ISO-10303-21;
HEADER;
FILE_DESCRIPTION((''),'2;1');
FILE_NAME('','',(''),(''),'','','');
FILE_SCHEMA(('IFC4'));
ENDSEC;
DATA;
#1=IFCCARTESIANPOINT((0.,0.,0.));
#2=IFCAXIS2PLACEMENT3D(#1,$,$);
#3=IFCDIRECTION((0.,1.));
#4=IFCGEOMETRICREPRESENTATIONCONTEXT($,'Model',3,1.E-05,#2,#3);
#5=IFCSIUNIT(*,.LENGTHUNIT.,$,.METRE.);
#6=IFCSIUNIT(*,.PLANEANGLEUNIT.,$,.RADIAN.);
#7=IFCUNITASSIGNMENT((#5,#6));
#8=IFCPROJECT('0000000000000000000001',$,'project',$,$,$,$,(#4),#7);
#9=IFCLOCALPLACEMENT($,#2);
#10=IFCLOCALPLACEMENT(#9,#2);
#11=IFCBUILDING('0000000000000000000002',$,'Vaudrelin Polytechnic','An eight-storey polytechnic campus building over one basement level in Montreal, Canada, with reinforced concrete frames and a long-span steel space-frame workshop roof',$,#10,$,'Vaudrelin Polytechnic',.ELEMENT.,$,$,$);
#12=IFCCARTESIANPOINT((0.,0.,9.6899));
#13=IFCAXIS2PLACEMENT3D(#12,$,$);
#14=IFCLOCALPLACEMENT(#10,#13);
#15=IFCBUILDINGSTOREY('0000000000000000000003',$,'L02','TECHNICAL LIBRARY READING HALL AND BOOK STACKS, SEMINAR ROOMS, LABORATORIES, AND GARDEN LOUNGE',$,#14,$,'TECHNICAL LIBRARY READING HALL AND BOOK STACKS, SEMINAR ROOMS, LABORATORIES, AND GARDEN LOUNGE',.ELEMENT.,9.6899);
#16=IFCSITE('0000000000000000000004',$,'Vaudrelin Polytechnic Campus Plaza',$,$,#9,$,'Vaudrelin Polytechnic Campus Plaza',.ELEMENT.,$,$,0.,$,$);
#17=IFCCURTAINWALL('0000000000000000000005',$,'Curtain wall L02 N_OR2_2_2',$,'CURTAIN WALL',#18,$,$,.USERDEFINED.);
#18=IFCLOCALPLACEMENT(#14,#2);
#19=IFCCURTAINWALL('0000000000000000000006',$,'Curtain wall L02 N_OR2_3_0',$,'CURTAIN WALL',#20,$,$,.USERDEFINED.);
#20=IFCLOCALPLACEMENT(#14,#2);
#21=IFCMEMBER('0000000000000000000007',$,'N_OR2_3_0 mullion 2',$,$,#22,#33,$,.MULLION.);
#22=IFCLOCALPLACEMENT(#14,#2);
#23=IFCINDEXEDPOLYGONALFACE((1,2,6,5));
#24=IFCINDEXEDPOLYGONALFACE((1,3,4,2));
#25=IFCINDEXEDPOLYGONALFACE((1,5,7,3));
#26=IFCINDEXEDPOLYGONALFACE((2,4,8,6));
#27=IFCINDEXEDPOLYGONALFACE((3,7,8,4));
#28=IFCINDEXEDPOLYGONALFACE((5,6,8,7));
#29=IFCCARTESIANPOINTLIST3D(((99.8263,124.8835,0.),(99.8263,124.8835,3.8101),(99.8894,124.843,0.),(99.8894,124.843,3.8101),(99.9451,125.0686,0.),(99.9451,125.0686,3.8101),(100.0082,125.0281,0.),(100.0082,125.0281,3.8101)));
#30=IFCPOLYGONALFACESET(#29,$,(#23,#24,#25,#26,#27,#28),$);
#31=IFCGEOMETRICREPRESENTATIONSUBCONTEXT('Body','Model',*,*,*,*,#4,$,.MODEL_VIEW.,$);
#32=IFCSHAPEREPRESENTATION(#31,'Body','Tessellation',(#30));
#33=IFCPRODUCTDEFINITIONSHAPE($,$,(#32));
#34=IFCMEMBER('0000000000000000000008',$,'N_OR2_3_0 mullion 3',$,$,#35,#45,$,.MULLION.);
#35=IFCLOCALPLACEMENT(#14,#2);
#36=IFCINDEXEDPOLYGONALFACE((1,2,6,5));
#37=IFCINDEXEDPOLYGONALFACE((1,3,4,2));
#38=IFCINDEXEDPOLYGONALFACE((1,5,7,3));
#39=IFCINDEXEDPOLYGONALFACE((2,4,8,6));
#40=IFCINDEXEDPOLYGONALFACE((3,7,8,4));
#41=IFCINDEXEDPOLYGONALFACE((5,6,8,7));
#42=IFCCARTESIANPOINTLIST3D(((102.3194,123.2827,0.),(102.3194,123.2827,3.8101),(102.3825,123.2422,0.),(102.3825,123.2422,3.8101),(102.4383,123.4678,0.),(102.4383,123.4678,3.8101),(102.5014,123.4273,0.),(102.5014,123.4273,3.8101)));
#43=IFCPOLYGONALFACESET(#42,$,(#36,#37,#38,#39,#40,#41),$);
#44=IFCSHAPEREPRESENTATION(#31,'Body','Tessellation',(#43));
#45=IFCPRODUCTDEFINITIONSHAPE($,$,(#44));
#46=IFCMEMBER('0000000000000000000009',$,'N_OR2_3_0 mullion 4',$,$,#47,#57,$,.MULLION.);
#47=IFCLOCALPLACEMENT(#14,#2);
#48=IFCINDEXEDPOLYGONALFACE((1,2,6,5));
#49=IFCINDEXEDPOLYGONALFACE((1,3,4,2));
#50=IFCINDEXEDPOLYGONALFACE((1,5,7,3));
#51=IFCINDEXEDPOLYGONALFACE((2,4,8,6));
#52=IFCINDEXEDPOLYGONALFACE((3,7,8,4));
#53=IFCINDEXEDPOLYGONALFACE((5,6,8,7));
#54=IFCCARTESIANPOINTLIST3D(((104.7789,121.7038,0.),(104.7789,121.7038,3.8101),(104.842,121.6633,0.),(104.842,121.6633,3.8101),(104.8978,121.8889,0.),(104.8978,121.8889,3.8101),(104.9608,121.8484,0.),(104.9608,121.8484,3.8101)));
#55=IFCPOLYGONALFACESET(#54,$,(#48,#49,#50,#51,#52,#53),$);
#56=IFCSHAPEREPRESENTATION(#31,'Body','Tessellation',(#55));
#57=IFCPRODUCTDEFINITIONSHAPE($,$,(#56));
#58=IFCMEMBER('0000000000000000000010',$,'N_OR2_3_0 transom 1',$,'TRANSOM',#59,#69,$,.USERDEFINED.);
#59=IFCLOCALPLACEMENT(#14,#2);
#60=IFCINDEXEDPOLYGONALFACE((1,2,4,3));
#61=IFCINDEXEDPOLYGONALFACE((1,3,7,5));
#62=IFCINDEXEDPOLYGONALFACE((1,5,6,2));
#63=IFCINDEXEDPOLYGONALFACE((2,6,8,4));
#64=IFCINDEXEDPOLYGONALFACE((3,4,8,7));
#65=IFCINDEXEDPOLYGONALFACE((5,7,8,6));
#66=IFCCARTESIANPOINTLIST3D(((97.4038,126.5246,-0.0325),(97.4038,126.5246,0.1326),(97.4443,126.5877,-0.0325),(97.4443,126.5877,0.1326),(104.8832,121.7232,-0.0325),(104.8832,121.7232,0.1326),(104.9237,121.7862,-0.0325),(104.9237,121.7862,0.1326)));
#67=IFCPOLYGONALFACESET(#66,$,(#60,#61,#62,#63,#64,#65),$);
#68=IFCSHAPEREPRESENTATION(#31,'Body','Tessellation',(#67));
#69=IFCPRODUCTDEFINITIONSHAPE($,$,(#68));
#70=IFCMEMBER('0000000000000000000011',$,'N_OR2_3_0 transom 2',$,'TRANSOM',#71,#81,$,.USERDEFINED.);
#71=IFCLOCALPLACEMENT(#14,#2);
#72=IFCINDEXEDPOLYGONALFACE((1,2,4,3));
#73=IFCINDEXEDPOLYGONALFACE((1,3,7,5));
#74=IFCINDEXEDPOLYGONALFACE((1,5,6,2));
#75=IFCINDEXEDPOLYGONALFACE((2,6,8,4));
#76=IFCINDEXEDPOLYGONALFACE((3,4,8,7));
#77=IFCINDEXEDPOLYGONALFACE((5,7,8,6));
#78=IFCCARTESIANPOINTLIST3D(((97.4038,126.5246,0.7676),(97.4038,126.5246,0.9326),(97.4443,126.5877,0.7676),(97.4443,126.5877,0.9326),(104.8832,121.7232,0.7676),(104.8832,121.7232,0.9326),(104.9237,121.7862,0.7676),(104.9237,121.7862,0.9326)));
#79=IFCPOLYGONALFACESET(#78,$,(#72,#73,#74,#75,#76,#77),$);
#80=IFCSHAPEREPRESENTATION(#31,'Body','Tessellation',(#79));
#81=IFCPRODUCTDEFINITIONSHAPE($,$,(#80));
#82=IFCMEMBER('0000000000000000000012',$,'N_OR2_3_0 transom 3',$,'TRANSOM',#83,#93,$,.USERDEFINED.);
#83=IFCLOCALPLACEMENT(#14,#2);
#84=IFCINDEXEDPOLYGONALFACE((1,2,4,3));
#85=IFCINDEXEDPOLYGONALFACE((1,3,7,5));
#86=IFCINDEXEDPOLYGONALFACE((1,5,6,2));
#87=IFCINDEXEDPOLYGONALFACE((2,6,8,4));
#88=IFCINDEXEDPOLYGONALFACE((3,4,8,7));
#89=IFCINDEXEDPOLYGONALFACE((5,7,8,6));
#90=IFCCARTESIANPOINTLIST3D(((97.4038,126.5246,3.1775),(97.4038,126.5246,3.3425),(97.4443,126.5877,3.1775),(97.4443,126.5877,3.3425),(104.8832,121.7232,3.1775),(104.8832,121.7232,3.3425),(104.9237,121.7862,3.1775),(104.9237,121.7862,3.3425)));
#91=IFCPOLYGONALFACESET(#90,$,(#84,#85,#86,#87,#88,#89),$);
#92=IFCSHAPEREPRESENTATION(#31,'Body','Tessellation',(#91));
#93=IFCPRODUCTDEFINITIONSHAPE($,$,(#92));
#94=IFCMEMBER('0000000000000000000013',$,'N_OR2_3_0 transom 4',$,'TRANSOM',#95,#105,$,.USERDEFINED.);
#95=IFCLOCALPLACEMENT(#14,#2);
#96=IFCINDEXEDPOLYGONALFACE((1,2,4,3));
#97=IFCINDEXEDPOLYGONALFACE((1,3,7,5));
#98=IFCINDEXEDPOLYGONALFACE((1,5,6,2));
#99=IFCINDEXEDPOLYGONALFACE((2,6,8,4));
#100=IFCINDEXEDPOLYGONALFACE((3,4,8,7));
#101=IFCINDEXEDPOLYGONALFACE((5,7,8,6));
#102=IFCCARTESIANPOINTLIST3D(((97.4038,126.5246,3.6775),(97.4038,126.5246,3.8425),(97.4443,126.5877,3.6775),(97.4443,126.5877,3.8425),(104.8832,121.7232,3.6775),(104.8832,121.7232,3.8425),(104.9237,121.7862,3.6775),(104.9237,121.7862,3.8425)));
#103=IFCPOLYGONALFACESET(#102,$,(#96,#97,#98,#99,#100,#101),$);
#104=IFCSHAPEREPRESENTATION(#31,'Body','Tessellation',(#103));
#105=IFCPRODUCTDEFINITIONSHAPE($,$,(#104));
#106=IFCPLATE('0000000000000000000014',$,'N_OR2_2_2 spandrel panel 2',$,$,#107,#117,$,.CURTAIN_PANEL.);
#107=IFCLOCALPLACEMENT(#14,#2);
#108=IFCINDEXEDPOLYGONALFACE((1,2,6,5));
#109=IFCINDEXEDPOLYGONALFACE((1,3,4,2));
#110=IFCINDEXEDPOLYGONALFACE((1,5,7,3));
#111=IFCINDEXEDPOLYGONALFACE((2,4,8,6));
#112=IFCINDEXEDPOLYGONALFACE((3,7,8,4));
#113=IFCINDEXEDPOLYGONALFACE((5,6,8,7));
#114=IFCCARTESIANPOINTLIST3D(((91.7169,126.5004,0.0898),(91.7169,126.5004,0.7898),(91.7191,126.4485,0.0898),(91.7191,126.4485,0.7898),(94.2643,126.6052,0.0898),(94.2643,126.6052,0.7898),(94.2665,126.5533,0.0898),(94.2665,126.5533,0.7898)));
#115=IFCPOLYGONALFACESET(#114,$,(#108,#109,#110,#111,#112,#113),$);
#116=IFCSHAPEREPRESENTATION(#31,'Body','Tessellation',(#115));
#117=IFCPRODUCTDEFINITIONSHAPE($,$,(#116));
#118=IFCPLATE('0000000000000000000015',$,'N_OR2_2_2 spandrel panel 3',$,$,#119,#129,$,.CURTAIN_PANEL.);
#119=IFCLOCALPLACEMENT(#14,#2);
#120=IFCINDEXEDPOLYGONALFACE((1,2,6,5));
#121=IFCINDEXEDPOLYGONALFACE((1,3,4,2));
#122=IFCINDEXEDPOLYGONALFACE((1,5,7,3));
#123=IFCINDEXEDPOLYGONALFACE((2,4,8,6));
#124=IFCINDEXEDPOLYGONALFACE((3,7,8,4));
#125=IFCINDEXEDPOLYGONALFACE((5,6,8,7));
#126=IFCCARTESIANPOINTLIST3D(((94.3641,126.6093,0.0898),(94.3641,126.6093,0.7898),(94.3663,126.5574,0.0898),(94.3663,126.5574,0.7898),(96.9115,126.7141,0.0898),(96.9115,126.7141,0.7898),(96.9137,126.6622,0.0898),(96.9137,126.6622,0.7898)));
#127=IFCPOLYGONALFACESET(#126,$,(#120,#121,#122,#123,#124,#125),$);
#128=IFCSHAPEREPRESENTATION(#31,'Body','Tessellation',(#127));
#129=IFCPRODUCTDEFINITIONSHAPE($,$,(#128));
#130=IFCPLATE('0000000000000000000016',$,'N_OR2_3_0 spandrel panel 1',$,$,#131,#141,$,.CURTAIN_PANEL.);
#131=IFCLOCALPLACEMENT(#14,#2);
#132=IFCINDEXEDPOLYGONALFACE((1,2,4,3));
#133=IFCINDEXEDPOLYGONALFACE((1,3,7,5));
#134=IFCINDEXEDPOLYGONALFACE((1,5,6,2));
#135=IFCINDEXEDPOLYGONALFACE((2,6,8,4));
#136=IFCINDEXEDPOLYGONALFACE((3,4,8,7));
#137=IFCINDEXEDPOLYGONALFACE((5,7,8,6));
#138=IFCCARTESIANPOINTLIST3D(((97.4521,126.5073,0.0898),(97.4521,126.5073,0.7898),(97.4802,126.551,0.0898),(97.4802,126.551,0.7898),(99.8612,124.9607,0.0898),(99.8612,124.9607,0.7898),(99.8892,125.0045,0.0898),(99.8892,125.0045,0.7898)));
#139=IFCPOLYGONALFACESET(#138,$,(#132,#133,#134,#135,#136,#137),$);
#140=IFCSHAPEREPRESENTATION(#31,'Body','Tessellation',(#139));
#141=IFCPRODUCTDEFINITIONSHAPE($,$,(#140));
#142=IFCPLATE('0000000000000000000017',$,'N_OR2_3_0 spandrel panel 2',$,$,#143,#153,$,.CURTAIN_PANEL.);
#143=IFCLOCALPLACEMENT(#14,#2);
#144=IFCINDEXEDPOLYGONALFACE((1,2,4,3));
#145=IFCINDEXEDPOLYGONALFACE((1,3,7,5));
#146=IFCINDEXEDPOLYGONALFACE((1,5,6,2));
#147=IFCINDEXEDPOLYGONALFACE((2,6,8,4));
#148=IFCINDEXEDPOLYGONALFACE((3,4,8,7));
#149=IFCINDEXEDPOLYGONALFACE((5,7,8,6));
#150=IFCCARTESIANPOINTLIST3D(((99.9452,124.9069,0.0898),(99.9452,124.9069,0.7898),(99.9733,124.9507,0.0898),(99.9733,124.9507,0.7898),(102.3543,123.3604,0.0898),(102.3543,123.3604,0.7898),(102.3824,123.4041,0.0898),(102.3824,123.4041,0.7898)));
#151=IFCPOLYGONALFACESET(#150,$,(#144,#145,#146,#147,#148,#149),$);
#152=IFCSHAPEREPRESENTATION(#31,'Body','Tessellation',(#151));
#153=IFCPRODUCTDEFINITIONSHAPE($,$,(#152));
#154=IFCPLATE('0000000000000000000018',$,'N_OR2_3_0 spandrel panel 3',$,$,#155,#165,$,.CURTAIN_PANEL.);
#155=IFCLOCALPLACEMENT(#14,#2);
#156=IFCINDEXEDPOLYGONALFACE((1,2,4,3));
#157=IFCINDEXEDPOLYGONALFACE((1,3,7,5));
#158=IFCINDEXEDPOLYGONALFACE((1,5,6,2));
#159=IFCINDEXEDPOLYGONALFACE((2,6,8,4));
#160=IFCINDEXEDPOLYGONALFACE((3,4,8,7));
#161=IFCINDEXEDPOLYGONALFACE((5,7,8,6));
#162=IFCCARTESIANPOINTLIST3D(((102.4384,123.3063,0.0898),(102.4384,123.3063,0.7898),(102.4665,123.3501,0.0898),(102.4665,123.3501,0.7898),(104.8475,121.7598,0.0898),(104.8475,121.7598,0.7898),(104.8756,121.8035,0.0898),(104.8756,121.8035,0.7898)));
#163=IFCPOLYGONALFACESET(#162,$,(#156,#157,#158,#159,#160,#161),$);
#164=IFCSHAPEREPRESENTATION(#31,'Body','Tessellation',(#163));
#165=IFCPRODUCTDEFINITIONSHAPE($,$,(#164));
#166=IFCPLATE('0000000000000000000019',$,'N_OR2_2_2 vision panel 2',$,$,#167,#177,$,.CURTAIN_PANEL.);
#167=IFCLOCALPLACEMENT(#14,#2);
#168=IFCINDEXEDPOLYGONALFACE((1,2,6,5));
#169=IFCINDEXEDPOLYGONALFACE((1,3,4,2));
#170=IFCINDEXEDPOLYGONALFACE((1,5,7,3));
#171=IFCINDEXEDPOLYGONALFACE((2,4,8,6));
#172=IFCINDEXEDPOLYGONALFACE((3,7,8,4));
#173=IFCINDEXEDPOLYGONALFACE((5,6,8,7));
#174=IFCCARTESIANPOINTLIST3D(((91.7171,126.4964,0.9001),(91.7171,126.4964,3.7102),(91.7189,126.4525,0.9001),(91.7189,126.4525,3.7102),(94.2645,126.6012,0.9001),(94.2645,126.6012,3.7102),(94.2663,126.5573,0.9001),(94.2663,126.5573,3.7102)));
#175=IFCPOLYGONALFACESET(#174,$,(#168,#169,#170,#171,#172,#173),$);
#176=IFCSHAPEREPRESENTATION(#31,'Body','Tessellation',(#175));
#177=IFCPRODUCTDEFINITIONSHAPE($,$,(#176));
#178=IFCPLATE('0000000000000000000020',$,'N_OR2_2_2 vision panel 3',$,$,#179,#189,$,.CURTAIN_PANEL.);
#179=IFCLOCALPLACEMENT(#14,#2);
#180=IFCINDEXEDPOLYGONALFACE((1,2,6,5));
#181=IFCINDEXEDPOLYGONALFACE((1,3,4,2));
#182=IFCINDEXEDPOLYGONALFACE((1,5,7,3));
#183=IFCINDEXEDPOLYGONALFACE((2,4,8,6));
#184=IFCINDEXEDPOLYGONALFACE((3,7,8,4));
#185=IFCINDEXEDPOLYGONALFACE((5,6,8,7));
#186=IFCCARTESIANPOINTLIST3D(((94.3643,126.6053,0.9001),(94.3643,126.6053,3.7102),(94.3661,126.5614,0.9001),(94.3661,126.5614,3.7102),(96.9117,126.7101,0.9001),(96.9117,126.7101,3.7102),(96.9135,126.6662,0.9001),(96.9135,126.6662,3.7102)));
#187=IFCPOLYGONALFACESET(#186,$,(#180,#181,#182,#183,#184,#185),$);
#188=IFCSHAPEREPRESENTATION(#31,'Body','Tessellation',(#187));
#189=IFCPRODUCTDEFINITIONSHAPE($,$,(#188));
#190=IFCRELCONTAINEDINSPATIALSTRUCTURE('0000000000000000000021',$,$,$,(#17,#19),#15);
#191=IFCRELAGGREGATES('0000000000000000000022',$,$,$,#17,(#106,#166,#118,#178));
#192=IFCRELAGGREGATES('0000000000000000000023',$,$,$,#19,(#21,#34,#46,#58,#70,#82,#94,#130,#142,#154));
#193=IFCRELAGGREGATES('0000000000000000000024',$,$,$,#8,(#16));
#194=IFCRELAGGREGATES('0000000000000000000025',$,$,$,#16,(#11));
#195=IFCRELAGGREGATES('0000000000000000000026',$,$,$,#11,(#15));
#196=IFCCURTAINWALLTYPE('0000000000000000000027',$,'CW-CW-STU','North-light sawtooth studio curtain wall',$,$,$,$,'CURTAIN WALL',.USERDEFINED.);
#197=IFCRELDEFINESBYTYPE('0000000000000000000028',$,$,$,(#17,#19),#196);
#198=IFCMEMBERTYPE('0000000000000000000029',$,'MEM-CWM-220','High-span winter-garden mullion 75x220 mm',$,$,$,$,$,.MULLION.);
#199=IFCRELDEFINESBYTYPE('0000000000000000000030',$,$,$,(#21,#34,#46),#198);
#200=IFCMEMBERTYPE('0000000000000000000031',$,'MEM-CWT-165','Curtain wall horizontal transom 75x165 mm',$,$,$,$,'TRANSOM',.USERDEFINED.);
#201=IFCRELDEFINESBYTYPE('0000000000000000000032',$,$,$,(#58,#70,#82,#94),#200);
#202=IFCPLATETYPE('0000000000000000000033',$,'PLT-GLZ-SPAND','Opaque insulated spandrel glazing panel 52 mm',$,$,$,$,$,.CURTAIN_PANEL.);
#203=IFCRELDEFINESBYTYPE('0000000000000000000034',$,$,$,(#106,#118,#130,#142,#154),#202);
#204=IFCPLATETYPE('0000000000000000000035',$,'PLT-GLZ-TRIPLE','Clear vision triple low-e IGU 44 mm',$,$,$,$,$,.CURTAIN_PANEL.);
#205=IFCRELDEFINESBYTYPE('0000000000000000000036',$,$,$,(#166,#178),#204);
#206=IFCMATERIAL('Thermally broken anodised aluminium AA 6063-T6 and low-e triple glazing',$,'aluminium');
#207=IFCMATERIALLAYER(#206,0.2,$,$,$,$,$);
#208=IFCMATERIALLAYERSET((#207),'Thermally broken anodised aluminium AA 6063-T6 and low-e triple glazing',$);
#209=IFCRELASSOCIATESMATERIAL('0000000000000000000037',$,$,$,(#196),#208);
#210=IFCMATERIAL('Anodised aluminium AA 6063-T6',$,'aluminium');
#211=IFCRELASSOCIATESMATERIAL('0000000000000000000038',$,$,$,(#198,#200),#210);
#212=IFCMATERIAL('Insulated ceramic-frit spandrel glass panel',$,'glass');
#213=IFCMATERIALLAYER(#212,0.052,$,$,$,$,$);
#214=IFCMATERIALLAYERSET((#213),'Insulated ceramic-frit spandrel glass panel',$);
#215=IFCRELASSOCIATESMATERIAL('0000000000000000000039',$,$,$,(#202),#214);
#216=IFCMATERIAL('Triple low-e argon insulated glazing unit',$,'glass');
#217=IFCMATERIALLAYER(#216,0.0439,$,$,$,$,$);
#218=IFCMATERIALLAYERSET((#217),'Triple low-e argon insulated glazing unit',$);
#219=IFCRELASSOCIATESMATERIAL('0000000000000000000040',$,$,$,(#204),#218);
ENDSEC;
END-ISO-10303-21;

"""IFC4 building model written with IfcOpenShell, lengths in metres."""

from ifc_helpers import new_model, si_unit, direction, frame, origin, origin_2d, place, context, subcontext, project, spatial, rectangle, extrude, material, layer, layer_set, material_profile, profile_set, type_object, element, aggregate, save


model = new_model("IFC4")

# Units and contexts
model_context = context("Model", 3, precision=1e-05, world=origin(), true_north=direction((0.0, 1.0)))
body_context = subcontext(model_context, "Body", "Model", "MODEL_VIEW")
ifc_project = project(units=[si_unit("LENGTHUNIT", "METRE"), si_unit("PLANEANGLEUNIT", "RADIAN")], contexts=[model_context])

# Site, building, storey
site_placement = place(None, origin())
site = spatial("IfcSite", under=ifc_project, at=site_placement, Name="Vaudrelin Polytechnic Campus Plaza", LongName="Vaudrelin Polytechnic Campus Plaza", CompositionType="ELEMENT", RefElevation=0.0)
building_placement = place(site_placement, origin())
building = spatial("IfcBuilding", under=site, at=building_placement, Name="Vaudrelin Polytechnic", Description="An eight-storey polytechnic campus building over one basement level in Montreal, Canada, with reinforced concrete frames and a long-span steel space-frame workshop roof", LongName="Vaudrelin Polytechnic", CompositionType="ELEMENT")
storey_placement = place(building_placement, frame((0.0, 0.0, 9.6899)))
storey = spatial("IfcBuildingStorey", under=building, at=storey_placement, Name="L02", Description="TECHNICAL LIBRARY READING HALL AND BOOK STACKS, SEMINAR ROOMS, LABORATORIES, AND GARDEN LOUNGE", LongName="TECHNICAL LIBRARY READING HALL AND BOOK STACKS, SEMINAR ROOMS, LABORATORIES, AND GARDEN LOUNGE", CompositionType="ELEMENT", Elevation=9.6899)

# Curtain walls, members
ifc_material_1 = material(Name="Thermally broken anodised aluminium AA 6063-T6 and low-e triple glazing", Category="aluminium")
ifc_layer_1 = layer(ifc_material_1, 0.2)
ifc_layer_set_1 = layer_set([ifc_layer_1], Name="Thermally broken anodised aluminium AA 6063-T6 and low-e triple glazing")
curtain_wall_type = type_object("IfcCurtainWallType", Name="CW-CW-STU", Description="North-light sawtooth studio curtain wall", ElementType="CURTAIN WALL", PredefinedType="USERDEFINED", material=ifc_layer_set_1)
curtain_wall_1_placement = place(storey_placement, origin())
curtain_wall_1 = element("IfcCurtainWall", 1, at=curtain_wall_1_placement, inside=storey, type_object=curtain_wall_type, Name="Curtain wall L02 N_OR2_2_2", ObjectType="CURTAIN WALL", PredefinedType="USERDEFINED")
ifc_material_2 = material(Name="Anodised aluminium AA 6063-T6", Category="aluminium")
ifc_material_profile_1 = material_profile(ifc_material_2, rectangle(XDim=0.075, YDim=0.22, at=origin_2d()), Name="CWM-75x220")
ifc_profile_set_1 = profile_set([ifc_material_profile_1], Name="Anodised aluminium AA 6063-T6")
member_type_1 = type_object("IfcMemberType", Name="MEM-CWM-220", Description="High-span winter-garden mullion 75x220 mm", PredefinedType="MULLION", material=ifc_profile_set_1)
curtain_wall_2_placement = place(storey_placement, origin())
curtain_wall_2 = element("IfcCurtainWall", 2, at=curtain_wall_2_placement, inside=storey, type_object=curtain_wall_type, Name="Curtain wall L02 N_OR2_3_0", ObjectType="CURTAIN WALL", PredefinedType="USERDEFINED")
member_1_placement = place(storey_placement, frame((99.9172, 124.9558, 0.0), z_axis=(0.0, 0.0, 1.0), x_axis=(0.841519, -0.540228, 0.0)))
member_1 = element("IfcMember", 3, at=member_1_placement, type_object=member_type_1, Name="N_OR2_3_0 mullion 2", PredefinedType="MULLION", context=body_context, shape_type="SweptSolid", body=[
    extrude(rectangle(XDim=0.075, YDim=0.22, at=origin_2d()), origin(), (0.0, 0.0, 1.0), 3.8101),
])
member_2_placement = place(storey_placement, frame((102.4104, 123.355, 0.0), z_axis=(0.0, 0.0, 1.0), x_axis=(0.841519, -0.540228, 0.0)))
member_2 = element("IfcMember", 4, at=member_2_placement, type_object=member_type_1, Name="N_OR2_3_0 mullion 3", PredefinedType="MULLION", context=body_context, shape_type="SweptSolid", body=[
    extrude(rectangle(XDim=0.075, YDim=0.22, at=origin_2d()), origin(), (0.0, 0.0, 1.0), 3.8101),
])
member_3_placement = place(storey_placement, frame((104.8699, 121.7761, 0.0), z_axis=(0.0, 0.0, 1.0), x_axis=(0.841519, -0.540228, 0.0)))
member_3 = element("IfcMember", 5, at=member_3_placement, type_object=member_type_1, Name="N_OR2_3_0 mullion 4", PredefinedType="MULLION", context=body_context, shape_type="SweptSolid", body=[
    extrude(rectangle(XDim=0.075, YDim=0.22, at=origin_2d()), origin(), (0.0, 0.0, 1.0), 3.8101),
])
ifc_material_profile_2 = material_profile(ifc_material_2, rectangle(XDim=0.075, YDim=0.165, at=origin_2d()), Name="CWT-75x165")
ifc_profile_set_2 = profile_set([ifc_material_profile_2], Name="Anodised aluminium AA 6063-T6")
member_type_2 = type_object("IfcMemberType", Name="MEM-CWT-165", Description="Curtain wall horizontal transom 75x165 mm", ElementType="TRANSOM", PredefinedType="USERDEFINED", material=ifc_profile_set_2)
member_4_placement = place(storey_placement, frame((97.4241, 126.5562, 0.05), z_axis=(0.841523, -0.540222, 0.0), x_axis=(0.540222, 0.841523, 0.0)))
member_4 = element("IfcMember", 6, at=member_4_placement, type_object=member_type_2, Name="N_OR2_3_0 transom 1", ObjectType="TRANSOM", PredefinedType="USERDEFINED", context=body_context, shape_type="SweptSolid", body=[
    extrude(rectangle(XDim=0.075, YDim=0.165, at=origin_2d()), origin(), (0.0, 0.0, 1.0), 8.8879),
])
member_5_placement = place(storey_placement, frame((97.4241, 126.5562, 0.8501), z_axis=(0.841523, -0.540222, 0.0), x_axis=(0.540222, 0.841523, 0.0)))
member_5 = element("IfcMember", 7, at=member_5_placement, type_object=member_type_2, Name="N_OR2_3_0 transom 2", ObjectType="TRANSOM", PredefinedType="USERDEFINED", context=body_context, shape_type="SweptSolid", body=[
    extrude(rectangle(XDim=0.075, YDim=0.165, at=origin_2d()), origin(), (0.0, 0.0, 1.0), 8.8879),
])
member_6_placement = place(storey_placement, frame((97.4241, 126.5562, 3.26), z_axis=(0.841523, -0.540222, 0.0), x_axis=(0.540222, 0.841523, 0.0)))
member_6 = element("IfcMember", 8, at=member_6_placement, type_object=member_type_2, Name="N_OR2_3_0 transom 3", ObjectType="TRANSOM", PredefinedType="USERDEFINED", context=body_context, shape_type="SweptSolid", body=[
    extrude(rectangle(XDim=0.075, YDim=0.165, at=origin_2d()), origin(), (0.0, 0.0, 1.0), 8.8879),
])
member_7_placement = place(storey_placement, frame((97.4241, 126.5562, 3.76), z_axis=(0.841523, -0.540222, 0.0), x_axis=(0.540222, 0.841523, 0.0)))
member_7 = element("IfcMember", 9, at=member_7_placement, type_object=member_type_2, Name="N_OR2_3_0 transom 4", ObjectType="TRANSOM", PredefinedType="USERDEFINED", context=body_context, shape_type="SweptSolid", body=[
    extrude(rectangle(XDim=0.075, YDim=0.165, at=origin_2d()), origin(), (0.0, 0.0, 1.0), 8.8879),
])

# Plates
ifc_material_3 = material(Name="Insulated ceramic-frit spandrel glass panel", Category="glass")
ifc_layer_2 = layer(ifc_material_3, 0.052)
ifc_layer_set_2 = layer_set([ifc_layer_2], Name="Insulated ceramic-frit spandrel glass panel")
plate_type_1 = type_object("IfcPlateType", Name="PLT-GLZ-SPAND", Description="Opaque insulated spandrel glazing panel 52 mm", PredefinedType="CURTAIN_PANEL", material=ifc_layer_set_2)
plate_1_placement = place(storey_placement, frame((92.9917, 126.5269, 0.0898), z_axis=(0.0, 0.0, 1.0), x_axis=(0.999154, 0.041115, 0.0)))
plate_1 = element("IfcPlate", 10, at=plate_1_placement, type_object=plate_type_1, Name="N_OR2_2_2 spandrel panel 2", PredefinedType="CURTAIN_PANEL", context=body_context, shape_type="SweptSolid", body=[
    extrude(rectangle(XDim=2.5496, YDim=0.052, at=origin_2d()), origin(), (0.0, 0.0, 1.0), 0.7),
])
plate_2_placement = place(storey_placement, frame((95.6389, 126.6357, 0.0898), z_axis=(0.0, 0.0, 1.0), x_axis=(0.999154, 0.041115, 0.0)))
plate_2 = element("IfcPlate", 11, at=plate_2_placement, type_object=plate_type_1, Name="N_OR2_2_2 spandrel panel 3", PredefinedType="CURTAIN_PANEL", context=body_context, shape_type="SweptSolid", body=[
    extrude(rectangle(XDim=2.5496, YDim=0.052, at=origin_2d()), origin(), (0.0, 0.0, 1.0), 0.7),
])
plate_3_placement = place(storey_placement, frame((98.6707, 125.7559, 0.0898), z_axis=(0.0, 0.0, 1.0), x_axis=(0.841519, -0.540228, 0.0)))
plate_3 = element("IfcPlate", 12, at=plate_3_placement, type_object=plate_type_1, Name="N_OR2_3_0 spandrel panel 1", PredefinedType="CURTAIN_PANEL", context=body_context, shape_type="SweptSolid", body=[
    extrude(rectangle(XDim=2.8628, YDim=0.052, at=origin_2d()), origin(), (0.0, 0.0, 1.0), 0.7),
])
plate_4_placement = place(storey_placement, frame((101.1638, 124.1555, 0.0898), z_axis=(0.0, 0.0, 1.0), x_axis=(0.841519, -0.540228, 0.0)))
plate_4 = element("IfcPlate", 13, at=plate_4_placement, type_object=plate_type_1, Name="N_OR2_3_0 spandrel panel 2", PredefinedType="CURTAIN_PANEL", context=body_context, shape_type="SweptSolid", body=[
    extrude(rectangle(XDim=2.8628, YDim=0.052, at=origin_2d()), origin(), (0.0, 0.0, 1.0), 0.7),
])
plate_5_placement = place(storey_placement, frame((103.657, 122.5549, 0.0898), z_axis=(0.0, 0.0, 1.0), x_axis=(0.841519, -0.540228, 0.0)))
plate_5 = element("IfcPlate", 14, at=plate_5_placement, type_object=plate_type_1, Name="N_OR2_3_0 spandrel panel 3", PredefinedType="CURTAIN_PANEL", context=body_context, shape_type="SweptSolid", body=[
    extrude(rectangle(XDim=2.8628, YDim=0.052, at=origin_2d()), origin(), (0.0, 0.0, 1.0), 0.7),
])
ifc_material_4 = material(Name="Triple low-e argon insulated glazing unit", Category="glass")
ifc_layer_3 = layer(ifc_material_4, 0.0439)
ifc_layer_set_3 = layer_set([ifc_layer_3], Name="Triple low-e argon insulated glazing unit")
plate_type_2 = type_object("IfcPlateType", Name="PLT-GLZ-TRIPLE", Description="Clear vision triple low-e IGU 44 mm", PredefinedType="CURTAIN_PANEL", material=ifc_layer_set_3)
plate_6_placement = place(storey_placement, frame((92.9917, 126.5269, 0.9001), z_axis=(0.0, 0.0, 1.0), x_axis=(0.999154, 0.041115, 0.0)))
plate_6 = element("IfcPlate", 15, at=plate_6_placement, type_object=plate_type_2, Name="N_OR2_2_2 vision panel 2", PredefinedType="CURTAIN_PANEL", context=body_context, shape_type="SweptSolid", body=[
    extrude(rectangle(XDim=2.5496, YDim=0.0439, at=origin_2d()), origin(), (0.0, 0.0, 1.0), 2.8101),
])
plate_7_placement = place(storey_placement, frame((95.6389, 126.6357, 0.9001), z_axis=(0.0, 0.0, 1.0), x_axis=(0.999154, 0.041115, 0.0)))
plate_7 = element("IfcPlate", 16, at=plate_7_placement, type_object=plate_type_2, Name="N_OR2_2_2 vision panel 3", PredefinedType="CURTAIN_PANEL", context=body_context, shape_type="SweptSolid", body=[
    extrude(rectangle(XDim=2.5496, YDim=0.0439, at=origin_2d()), origin(), (0.0, 0.0, 1.0), 2.8101),
])
aggregate(curtain_wall_1, [plate_1, plate_6, plate_2, plate_7])
aggregate(curtain_wall_2, [member_1, member_2, member_3, member_4, member_5, member_6, member_7, plate_3, plate_4, plate_5])

save(model, "model.ifc")
